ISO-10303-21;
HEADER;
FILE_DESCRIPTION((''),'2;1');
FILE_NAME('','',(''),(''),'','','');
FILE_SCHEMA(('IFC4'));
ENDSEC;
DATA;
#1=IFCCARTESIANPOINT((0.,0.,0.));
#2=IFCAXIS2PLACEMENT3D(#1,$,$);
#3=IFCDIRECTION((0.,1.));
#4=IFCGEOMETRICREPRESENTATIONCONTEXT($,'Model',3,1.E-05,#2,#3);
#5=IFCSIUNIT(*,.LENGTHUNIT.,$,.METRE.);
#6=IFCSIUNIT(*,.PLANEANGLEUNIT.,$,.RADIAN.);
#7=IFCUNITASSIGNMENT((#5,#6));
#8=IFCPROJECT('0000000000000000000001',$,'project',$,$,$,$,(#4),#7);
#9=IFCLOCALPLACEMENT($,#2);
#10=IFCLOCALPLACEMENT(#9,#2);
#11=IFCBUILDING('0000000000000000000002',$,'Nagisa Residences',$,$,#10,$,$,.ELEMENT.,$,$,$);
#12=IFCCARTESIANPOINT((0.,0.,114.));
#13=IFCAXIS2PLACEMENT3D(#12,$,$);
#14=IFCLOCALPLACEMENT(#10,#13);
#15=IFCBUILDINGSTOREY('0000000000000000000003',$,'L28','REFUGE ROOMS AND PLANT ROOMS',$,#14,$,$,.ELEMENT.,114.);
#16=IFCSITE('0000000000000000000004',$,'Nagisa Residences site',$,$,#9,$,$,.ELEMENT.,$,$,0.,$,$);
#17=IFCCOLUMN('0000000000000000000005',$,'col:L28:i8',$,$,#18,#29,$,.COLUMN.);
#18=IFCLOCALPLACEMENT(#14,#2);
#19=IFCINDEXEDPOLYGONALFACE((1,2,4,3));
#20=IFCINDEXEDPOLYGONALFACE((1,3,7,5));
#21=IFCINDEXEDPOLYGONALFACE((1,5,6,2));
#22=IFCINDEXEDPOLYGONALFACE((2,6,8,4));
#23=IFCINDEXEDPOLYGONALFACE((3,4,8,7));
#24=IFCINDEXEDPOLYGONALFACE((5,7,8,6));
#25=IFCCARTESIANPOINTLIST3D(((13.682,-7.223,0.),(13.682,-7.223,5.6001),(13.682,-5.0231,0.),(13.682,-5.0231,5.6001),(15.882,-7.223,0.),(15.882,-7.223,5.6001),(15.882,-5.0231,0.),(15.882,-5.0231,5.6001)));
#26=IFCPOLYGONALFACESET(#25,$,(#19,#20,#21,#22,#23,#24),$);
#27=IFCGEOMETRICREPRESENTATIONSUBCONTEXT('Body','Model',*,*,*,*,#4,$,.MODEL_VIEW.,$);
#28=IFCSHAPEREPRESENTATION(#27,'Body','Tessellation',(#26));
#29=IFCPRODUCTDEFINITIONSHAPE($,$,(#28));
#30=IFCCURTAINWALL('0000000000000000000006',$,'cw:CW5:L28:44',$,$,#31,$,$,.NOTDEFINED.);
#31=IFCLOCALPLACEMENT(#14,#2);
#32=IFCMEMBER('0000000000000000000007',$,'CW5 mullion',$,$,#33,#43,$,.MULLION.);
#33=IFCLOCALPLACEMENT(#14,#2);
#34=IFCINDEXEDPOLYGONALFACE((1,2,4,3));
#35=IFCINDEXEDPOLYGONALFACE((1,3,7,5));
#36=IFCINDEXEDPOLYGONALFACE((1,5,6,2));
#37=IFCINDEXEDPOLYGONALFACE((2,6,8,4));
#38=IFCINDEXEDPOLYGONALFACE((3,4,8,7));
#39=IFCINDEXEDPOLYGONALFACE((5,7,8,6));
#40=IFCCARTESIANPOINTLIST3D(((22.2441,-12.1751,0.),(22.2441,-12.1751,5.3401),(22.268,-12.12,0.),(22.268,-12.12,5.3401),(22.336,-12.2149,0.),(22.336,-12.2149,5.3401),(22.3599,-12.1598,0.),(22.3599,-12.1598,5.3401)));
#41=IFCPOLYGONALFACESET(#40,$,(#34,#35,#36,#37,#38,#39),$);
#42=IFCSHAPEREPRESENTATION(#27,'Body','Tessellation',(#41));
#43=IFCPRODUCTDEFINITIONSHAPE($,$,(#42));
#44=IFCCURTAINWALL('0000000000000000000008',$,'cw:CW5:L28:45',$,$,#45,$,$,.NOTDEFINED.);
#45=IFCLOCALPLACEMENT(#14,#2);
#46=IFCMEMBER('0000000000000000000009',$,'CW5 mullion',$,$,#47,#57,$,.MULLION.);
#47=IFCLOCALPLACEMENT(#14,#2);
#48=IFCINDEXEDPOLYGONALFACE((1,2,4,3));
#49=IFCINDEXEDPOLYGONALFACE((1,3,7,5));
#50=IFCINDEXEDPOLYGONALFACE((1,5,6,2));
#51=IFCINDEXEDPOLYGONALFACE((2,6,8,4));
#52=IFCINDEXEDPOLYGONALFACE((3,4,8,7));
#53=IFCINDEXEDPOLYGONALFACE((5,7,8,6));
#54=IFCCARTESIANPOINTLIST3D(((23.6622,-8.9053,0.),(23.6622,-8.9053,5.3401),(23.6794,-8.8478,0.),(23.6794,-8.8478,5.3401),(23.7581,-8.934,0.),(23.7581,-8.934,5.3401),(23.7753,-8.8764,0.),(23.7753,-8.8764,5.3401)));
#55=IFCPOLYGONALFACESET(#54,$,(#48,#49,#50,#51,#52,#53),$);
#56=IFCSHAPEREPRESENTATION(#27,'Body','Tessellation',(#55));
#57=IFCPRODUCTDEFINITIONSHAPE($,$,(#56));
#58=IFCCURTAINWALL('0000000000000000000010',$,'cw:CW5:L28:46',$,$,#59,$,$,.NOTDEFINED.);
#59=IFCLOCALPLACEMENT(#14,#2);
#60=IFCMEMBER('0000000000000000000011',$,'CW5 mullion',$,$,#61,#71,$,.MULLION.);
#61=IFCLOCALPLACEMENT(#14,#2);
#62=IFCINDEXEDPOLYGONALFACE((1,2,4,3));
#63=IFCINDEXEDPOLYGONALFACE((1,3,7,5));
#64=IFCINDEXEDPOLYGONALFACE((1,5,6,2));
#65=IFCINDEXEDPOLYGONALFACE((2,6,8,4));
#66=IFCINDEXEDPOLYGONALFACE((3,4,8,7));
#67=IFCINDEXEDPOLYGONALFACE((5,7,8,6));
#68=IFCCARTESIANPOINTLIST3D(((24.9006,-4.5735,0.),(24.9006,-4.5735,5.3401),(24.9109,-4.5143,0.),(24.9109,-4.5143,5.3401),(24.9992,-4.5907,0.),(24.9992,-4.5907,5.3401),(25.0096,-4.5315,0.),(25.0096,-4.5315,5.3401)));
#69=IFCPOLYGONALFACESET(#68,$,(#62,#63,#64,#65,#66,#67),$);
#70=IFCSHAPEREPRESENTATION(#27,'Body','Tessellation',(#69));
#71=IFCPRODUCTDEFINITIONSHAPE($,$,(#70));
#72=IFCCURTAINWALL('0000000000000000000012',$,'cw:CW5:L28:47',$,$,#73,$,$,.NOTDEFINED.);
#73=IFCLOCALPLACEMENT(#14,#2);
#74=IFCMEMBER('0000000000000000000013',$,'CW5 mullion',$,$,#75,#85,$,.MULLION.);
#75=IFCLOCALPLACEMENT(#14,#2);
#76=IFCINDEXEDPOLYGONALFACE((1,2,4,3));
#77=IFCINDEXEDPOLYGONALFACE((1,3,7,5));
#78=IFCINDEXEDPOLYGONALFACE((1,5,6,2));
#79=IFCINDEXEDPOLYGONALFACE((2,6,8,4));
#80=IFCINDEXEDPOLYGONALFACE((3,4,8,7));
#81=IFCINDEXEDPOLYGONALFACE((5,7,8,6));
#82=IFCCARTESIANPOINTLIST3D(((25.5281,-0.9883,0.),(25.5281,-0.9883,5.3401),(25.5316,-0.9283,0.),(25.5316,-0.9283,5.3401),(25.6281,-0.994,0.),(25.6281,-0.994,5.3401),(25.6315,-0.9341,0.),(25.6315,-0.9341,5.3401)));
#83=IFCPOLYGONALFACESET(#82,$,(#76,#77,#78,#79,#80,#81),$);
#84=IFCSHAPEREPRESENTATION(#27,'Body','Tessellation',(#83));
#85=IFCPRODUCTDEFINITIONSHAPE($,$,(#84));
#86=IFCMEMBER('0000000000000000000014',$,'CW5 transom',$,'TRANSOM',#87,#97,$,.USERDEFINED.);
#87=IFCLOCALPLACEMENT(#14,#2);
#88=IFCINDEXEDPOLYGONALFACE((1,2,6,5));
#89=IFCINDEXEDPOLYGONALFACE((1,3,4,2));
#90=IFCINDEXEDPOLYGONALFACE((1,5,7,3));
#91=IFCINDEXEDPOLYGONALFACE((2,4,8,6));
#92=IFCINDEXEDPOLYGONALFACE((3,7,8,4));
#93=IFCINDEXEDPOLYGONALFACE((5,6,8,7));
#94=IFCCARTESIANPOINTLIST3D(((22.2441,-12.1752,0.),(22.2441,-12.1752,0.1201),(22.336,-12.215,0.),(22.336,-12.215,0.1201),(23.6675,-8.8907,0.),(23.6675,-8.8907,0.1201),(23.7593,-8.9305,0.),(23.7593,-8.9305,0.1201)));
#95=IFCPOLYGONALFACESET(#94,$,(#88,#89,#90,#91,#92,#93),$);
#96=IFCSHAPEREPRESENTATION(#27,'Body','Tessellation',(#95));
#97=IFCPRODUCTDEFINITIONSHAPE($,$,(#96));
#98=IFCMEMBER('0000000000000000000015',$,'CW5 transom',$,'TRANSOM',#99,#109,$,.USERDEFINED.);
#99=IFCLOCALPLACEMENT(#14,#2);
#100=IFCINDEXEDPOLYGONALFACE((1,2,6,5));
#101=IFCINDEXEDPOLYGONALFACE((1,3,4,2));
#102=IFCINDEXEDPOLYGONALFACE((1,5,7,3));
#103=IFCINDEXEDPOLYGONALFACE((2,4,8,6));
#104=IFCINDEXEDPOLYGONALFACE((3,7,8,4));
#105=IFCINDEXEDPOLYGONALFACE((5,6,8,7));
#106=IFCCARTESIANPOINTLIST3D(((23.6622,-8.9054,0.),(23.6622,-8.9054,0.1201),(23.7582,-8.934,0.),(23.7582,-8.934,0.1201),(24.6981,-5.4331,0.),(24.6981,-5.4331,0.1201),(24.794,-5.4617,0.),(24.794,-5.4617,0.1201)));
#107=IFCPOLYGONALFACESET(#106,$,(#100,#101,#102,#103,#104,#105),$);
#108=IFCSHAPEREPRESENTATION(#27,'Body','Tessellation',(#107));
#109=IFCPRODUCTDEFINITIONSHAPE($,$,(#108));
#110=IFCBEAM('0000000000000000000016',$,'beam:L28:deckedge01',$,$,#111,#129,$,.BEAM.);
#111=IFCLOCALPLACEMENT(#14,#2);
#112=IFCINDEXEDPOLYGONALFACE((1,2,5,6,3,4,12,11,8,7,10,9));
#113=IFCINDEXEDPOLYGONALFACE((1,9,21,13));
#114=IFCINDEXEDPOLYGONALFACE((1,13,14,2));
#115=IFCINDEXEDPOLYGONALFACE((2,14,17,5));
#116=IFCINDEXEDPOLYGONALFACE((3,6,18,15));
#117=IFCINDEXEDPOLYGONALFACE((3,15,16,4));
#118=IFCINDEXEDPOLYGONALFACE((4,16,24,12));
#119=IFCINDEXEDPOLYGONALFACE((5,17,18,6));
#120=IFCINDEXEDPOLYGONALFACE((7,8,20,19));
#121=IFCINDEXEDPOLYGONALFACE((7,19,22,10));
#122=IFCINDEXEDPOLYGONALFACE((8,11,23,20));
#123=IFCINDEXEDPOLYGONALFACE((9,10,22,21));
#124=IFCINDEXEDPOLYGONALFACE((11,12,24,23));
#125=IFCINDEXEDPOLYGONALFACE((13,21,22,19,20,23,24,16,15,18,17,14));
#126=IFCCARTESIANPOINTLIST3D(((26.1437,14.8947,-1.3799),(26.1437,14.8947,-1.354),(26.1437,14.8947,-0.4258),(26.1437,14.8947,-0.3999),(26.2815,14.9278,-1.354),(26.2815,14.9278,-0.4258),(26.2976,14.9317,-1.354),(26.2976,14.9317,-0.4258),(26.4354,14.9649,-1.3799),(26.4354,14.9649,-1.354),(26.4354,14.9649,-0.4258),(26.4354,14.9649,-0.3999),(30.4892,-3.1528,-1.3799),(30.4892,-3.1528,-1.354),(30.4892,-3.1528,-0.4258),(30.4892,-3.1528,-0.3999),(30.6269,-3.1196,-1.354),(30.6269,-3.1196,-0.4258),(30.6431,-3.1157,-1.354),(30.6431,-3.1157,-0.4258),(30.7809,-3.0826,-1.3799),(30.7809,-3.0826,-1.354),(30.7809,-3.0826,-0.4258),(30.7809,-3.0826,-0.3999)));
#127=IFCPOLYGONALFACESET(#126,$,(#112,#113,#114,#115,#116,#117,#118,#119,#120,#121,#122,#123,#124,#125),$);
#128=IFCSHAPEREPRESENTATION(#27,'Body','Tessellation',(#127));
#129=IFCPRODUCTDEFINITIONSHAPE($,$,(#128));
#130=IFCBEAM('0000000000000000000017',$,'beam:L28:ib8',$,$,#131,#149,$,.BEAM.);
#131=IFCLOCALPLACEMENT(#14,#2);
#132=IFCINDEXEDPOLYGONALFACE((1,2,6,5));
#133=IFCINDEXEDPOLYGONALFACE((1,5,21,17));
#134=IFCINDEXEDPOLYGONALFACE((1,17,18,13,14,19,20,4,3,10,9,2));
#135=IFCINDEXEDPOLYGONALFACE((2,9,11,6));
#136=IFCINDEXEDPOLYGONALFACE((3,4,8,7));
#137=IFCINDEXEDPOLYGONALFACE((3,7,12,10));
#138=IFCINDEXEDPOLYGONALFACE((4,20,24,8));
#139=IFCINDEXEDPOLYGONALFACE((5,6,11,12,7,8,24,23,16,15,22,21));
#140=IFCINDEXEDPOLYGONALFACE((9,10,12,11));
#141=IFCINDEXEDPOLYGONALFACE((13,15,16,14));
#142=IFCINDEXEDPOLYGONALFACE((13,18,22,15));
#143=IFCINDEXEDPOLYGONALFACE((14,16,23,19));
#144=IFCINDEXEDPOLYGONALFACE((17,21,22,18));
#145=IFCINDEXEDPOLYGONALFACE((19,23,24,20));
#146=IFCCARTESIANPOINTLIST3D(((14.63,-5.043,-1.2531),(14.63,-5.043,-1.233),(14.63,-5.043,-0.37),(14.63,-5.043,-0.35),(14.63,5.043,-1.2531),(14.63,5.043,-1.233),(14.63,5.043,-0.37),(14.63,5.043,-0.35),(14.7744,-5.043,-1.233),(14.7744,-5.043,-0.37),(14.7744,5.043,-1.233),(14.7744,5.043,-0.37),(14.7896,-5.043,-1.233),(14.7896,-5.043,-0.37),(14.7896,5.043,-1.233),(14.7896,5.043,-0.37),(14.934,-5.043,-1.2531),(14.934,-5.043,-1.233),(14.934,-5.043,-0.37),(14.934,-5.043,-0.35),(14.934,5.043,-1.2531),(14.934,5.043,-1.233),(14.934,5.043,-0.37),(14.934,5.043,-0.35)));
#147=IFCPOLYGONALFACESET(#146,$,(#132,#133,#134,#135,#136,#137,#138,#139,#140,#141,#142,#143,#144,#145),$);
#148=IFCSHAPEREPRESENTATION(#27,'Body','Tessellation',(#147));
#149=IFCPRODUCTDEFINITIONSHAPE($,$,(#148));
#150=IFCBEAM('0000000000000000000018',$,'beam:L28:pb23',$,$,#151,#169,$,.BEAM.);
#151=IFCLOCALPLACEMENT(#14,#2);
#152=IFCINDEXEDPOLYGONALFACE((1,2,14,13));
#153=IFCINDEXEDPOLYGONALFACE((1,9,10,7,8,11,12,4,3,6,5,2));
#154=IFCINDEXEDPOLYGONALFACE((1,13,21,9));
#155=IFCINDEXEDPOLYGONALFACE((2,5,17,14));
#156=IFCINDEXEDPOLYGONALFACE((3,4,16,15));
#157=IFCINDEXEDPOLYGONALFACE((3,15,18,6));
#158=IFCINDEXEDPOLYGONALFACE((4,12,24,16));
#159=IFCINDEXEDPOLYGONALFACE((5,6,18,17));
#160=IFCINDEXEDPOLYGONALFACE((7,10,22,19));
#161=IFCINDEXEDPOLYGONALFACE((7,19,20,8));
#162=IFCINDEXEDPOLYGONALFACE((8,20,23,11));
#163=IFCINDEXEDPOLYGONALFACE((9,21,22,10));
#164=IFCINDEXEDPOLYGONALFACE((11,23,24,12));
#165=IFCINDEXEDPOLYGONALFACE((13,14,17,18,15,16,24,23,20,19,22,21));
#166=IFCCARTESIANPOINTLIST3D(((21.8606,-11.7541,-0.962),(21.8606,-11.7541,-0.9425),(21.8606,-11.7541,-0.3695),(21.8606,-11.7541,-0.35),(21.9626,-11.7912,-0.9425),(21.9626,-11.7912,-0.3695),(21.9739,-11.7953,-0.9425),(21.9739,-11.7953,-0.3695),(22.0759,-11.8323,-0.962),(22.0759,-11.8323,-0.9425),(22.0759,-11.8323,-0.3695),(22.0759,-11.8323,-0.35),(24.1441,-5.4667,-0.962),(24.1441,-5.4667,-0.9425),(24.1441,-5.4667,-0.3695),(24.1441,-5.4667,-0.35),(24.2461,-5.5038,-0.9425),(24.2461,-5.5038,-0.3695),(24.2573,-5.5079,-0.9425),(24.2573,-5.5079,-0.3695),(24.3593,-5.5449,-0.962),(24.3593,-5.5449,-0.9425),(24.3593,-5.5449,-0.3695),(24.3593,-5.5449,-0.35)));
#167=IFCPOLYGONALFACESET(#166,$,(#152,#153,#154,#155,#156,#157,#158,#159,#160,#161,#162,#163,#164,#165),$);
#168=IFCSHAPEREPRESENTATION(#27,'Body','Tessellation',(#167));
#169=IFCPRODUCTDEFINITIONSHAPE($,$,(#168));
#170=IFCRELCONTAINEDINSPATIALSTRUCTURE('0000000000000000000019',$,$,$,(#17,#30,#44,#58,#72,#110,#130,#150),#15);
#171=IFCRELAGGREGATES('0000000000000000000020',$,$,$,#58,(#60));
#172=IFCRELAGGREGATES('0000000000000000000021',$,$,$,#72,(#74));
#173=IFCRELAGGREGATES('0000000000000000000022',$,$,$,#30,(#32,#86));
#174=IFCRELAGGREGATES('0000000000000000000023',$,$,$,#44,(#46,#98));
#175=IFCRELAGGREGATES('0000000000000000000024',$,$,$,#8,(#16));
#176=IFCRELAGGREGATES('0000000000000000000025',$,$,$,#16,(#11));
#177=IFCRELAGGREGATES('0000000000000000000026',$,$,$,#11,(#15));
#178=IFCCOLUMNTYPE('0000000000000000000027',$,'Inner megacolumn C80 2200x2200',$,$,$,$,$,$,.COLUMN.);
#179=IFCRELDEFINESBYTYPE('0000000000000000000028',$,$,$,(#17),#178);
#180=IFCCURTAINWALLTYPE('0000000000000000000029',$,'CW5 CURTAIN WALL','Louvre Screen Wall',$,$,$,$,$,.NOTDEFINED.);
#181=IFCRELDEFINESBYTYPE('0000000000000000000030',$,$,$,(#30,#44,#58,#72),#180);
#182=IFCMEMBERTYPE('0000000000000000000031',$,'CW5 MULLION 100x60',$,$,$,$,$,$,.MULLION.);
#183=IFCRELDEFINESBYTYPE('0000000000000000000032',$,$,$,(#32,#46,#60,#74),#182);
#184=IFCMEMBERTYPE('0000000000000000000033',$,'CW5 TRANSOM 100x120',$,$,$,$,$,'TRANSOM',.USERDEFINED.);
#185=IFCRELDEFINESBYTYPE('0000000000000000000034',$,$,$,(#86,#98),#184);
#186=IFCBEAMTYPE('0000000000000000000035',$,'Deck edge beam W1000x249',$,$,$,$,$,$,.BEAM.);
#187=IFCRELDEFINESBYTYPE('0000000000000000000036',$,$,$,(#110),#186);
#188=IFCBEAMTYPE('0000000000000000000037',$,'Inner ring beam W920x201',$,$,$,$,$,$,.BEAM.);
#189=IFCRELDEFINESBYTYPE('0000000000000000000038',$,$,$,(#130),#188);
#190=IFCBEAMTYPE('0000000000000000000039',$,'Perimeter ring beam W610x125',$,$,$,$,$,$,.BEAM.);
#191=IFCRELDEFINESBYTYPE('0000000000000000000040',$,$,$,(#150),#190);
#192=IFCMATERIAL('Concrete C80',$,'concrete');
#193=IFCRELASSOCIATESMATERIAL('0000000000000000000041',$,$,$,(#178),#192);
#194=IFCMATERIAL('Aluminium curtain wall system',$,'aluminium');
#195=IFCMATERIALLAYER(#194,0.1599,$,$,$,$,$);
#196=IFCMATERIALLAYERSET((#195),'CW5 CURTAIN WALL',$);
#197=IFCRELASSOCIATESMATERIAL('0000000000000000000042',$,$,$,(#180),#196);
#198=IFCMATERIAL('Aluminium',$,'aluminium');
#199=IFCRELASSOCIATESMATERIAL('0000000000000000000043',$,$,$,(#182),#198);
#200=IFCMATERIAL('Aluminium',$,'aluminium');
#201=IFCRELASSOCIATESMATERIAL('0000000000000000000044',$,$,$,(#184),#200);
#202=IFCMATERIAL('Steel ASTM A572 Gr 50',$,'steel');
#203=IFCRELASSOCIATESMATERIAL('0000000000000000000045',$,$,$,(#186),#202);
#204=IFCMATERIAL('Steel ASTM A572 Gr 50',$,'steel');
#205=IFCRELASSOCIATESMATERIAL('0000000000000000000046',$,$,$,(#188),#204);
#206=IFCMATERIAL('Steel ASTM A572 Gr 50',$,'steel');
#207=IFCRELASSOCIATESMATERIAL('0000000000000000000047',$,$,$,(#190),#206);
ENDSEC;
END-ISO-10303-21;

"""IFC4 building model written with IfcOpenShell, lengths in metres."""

from ifc_helpers import new_model, si_unit, direction, frame, origin, origin_2d, place, context, subcontext, project, spatial, rectangle, i_section, extrude, material, layer, layer_set, material_profile, profile_set, type_object, element, aggregate, save


model = new_model("IFC4")

# Units and contexts
model_context = context("Model", 3, precision=1e-05, world=origin(), true_north=direction((0.0, 1.0)))
body_context = subcontext(model_context, "Body", "Model", "MODEL_VIEW")
ifc_project = project(units=[si_unit("LENGTHUNIT", "METRE"), si_unit("PLANEANGLEUNIT", "RADIAN")], contexts=[model_context])

# Site, building, storey
site_placement = place(None, origin())
site = spatial("IfcSite", under=ifc_project, at=site_placement, Name="Nagisa Residences site", CompositionType="ELEMENT", RefElevation=0.0)
building_placement = place(site_placement, origin())
building = spatial("IfcBuilding", under=site, at=building_placement, Name="Nagisa Residences", CompositionType="ELEMENT")
storey_placement = place(building_placement, frame((0.0, 0.0, 114.0)))
storey = spatial("IfcBuildingStorey", under=building, at=storey_placement, Name="L28", Description="REFUGE ROOMS AND PLANT ROOMS", CompositionType="ELEMENT", Elevation=114.0)

# Column
ifc_material_1 = material(Name="Concrete C80", Category="concrete")
ifc_material_profile_1 = material_profile(ifc_material_1, rectangle(XDim=2.2, YDim=2.2, at=origin_2d()), Name="C80 2200x2200")
ifc_profile_set_1 = profile_set([ifc_material_profile_1], Name="Concrete C80")
column_type = type_object("IfcColumnType", Name="Inner megacolumn C80 2200x2200", PredefinedType="COLUMN", material=ifc_profile_set_1)
column_placement = place(storey_placement, frame((14.782, -6.123, 0.0), z_axis=(0.0, 0.0, 1.0), x_axis=(1.0, 0.0, 0.0)))
element("IfcColumn", 1, at=column_placement, inside=storey, type_object=column_type, Name="col:L28:i8", PredefinedType="COLUMN", context=body_context, shape_type="SweptSolid", body=[
    extrude(rectangle(XDim=2.2, YDim=2.2, at=origin_2d()), origin(), (0.0, 0.0, 1.0), 5.6001),
])

# Curtain walls, members
ifc_material_2 = material(Name="Aluminium curtain wall system", Category="aluminium")
ifc_layer_1 = layer(ifc_material_2, 0.1599)
ifc_layer_set_1 = layer_set([ifc_layer_1], Name="CW5 CURTAIN WALL")
curtain_wall_type = type_object("IfcCurtainWallType", Name="CW5 CURTAIN WALL", Description="Louvre Screen Wall", PredefinedType="NOTDEFINED", material=ifc_layer_set_1)
curtain_wall_1_placement = place(storey_placement, origin())
curtain_wall_1 = element("IfcCurtainWall", 2, at=curtain_wall_1_placement, inside=storey, type_object=curtain_wall_type, Name="cw:CW5:L28:44", PredefinedType="NOTDEFINED")
ifc_material_3 = material(Name="Aluminium", Category="aluminium")
ifc_material_profile_2 = material_profile(ifc_material_3, rectangle(XDim=0.1001, YDim=0.0601, at=origin_2d()), Name="CW5 MULLION 100x60")
ifc_profile_set_2 = profile_set([ifc_material_profile_2], Name="Aluminium")
member_type_1 = type_object("IfcMemberType", Name="CW5 MULLION 100x60", PredefinedType="MULLION", material=ifc_profile_set_2)
member_1_placement = place(storey_placement, frame((22.302, -12.1675, 0.0), z_axis=(0.0, 0.0, 1.0), x_axis=(-0.917543, 0.397636, 0.0)))
member_1 = element("IfcMember", 3, at=member_1_placement, type_object=member_type_1, Name="CW5 mullion", PredefinedType="MULLION", context=body_context, shape_type="SweptSolid", body=[
    extrude(rectangle(XDim=0.1001, YDim=0.0601, at=origin_2d()), origin(), (0.0, 0.0, 1.0), 5.3401),
])
curtain_wall_2_placement = place(storey_placement, origin())
curtain_wall_2 = element("IfcCurtainWall", 4, at=curtain_wall_2_placement, inside=storey, type_object=curtain_wall_type, Name="cw:CW5:L28:45", PredefinedType="NOTDEFINED")
member_2_placement = place(storey_placement, frame((23.7188, -8.8909, 0.0), z_axis=(0.0, 0.0, 1.0), x_axis=(-0.958271, 0.28586, 0.0)))
member_2 = element("IfcMember", 5, at=member_2_placement, type_object=member_type_1, Name="CW5 mullion", PredefinedType="MULLION", context=body_context, shape_type="SweptSolid", body=[
    extrude(rectangle(XDim=0.1001, YDim=0.0601, at=origin_2d()), origin(), (0.0, 0.0, 1.0), 5.3401),
])
curtain_wall_3_placement = place(storey_placement, origin())
curtain_wall_3 = element("IfcCurtainWall", 6, at=curtain_wall_3_placement, inside=storey, type_object=curtain_wall_type, Name="cw:CW5:L28:46", PredefinedType="NOTDEFINED")
member_3_placement = place(storey_placement, frame((24.9551, -4.5525, 0.0), z_axis=(0.0, 0.0, 1.0), x_axis=(-0.985064, 0.172191, 0.0)))
member_3 = element("IfcMember", 7, at=member_3_placement, type_object=member_type_1, Name="CW5 mullion", PredefinedType="MULLION", context=body_context, shape_type="SweptSolid", body=[
    extrude(rectangle(XDim=0.1001, YDim=0.0601, at=origin_2d()), origin(), (0.0, 0.0, 1.0), 5.3401),
])
aggregate(curtain_wall_3, [member_3])
curtain_wall_4_placement = place(storey_placement, origin())
curtain_wall_4 = element("IfcCurtainWall", 8, at=curtain_wall_4_placement, inside=storey, type_object=curtain_wall_type, Name="cw:CW5:L28:47", PredefinedType="NOTDEFINED")
member_4_placement = place(storey_placement, frame((25.5798, -0.9612, 0.0), z_axis=(0.0, 0.0, 1.0), x_axis=(-0.998345, 0.057503, 0.0)))
member_4 = element("IfcMember", 9, at=member_4_placement, type_object=member_type_1, Name="CW5 mullion", PredefinedType="MULLION", context=body_context, shape_type="SweptSolid", body=[
    extrude(rectangle(XDim=0.1001, YDim=0.0601, at=origin_2d()), origin(), (0.0, 0.0, 1.0), 5.3401),
])
aggregate(curtain_wall_4, [member_4])

# Members
ifc_material_4 = material(Name="Aluminium", Category="aluminium")
ifc_material_profile_3 = material_profile(ifc_material_4, rectangle(XDim=0.1001, YDim=0.1201, at=origin_2d()), Name="CW5 TRANSOM 100x120")
ifc_profile_set_3 = profile_set([ifc_material_profile_3], Name="Aluminium")
member_type_2 = type_object("IfcMemberType", Name="CW5 TRANSOM 100x120", ElementType="TRANSOM", PredefinedType="USERDEFINED", material=ifc_profile_set_3)
member_5_placement = place(storey_placement, frame((22.29, -12.1951, 0.0601), z_axis=(0.397628, 0.917547, 0.0), x_axis=(-0.917547, 0.397628, 0.0)))
member_5 = element("IfcMember", 10, at=member_5_placement, type_object=member_type_2, Name="CW5 transom", ObjectType="TRANSOM", PredefinedType="USERDEFINED", context=body_context, shape_type="SweptSolid", body=[
    extrude(rectangle(XDim=0.1001, YDim=0.1201, at=origin_2d()), origin(), (0.0, 0.0, 1.0), 3.5796),
])
aggregate(curtain_wall_1, [member_1, member_5])
member_6_placement = place(storey_placement, frame((23.7102, -8.9197, 0.0601), z_axis=(0.28587, 0.958268, 0.0), x_axis=(-0.958268, 0.28587, 0.0)))
member_6 = element("IfcMember", 11, at=member_6_placement, type_object=member_type_2, Name="CW5 transom", ObjectType="TRANSOM", PredefinedType="USERDEFINED", context=body_context, shape_type="SweptSolid", body=[
    extrude(rectangle(XDim=0.1001, YDim=0.1201, at=origin_2d()), origin(), (0.0, 0.0, 1.0), 3.6235),
])
aggregate(curtain_wall_2, [member_2, member_6])

# Beams
ifc_material_5 = material(Name="Steel ASTM A572 Gr 50", Category="steel")
ifc_material_profile_4 = material_profile(ifc_material_5, i_section(OverallWidth=0.3, OverallDepth=0.98, WebThickness=0.0166, FlangeThickness=0.0259, at=origin_2d()), Name="W1000x249")
ifc_profile_set_4 = profile_set([ifc_material_profile_4], Name="Steel ASTM A572 Gr 50")
beam_type_1 = type_object("IfcBeamType", Name="Deck edge beam W1000x249", PredefinedType="BEAM", material=ifc_profile_set_4)
beam_1_placement = place(storey_placement, frame((30.635, -3.1177, -0.8899), z_axis=(-0.234091, 0.972215, 0.0), x_axis=(-0.972215, -0.234091, 0.0)))
element("IfcBeam", 12, at=beam_1_placement, inside=storey, type_object=beam_type_1, Name="beam:L28:deckedge01", PredefinedType="BEAM", context=body_context, shape_type="SweptSolid", body=[
    extrude(i_section(OverallWidth=0.3, OverallDepth=0.98, WebThickness=0.0166, FlangeThickness=0.0259, at=origin_2d()), origin(), (0.0, 0.0, 1.0), 18.5632),
])
ifc_material_6 = material(Name="Steel ASTM A572 Gr 50", Category="steel")
ifc_material_profile_5 = material_profile(ifc_material_6, i_section(OverallWidth=0.304, OverallDepth=0.9031, WebThickness=0.0151, FlangeThickness=0.02, at=origin_2d()), Name="W920x201")
ifc_profile_set_5 = profile_set([ifc_material_profile_5], Name="Steel ASTM A572 Gr 50")
beam_type_2 = type_object("IfcBeamType", Name="Inner ring beam W920x201", PredefinedType="BEAM", material=ifc_profile_set_5)
beam_2_placement = place(storey_placement, frame((14.782, -5.043, -0.8015), z_axis=(0.0, 1.0, 0.0), x_axis=(-1.0, 0.0, 0.0)))
element("IfcBeam", 13, at=beam_2_placement, inside=storey, type_object=beam_type_2, Name="beam:L28:ib8", PredefinedType="BEAM", context=body_context, shape_type="SweptSolid", body=[
    extrude(i_section(OverallWidth=0.304, OverallDepth=0.9031, WebThickness=0.0151, FlangeThickness=0.02, at=origin_2d()), origin(), (0.0, 0.0, 1.0), 10.0859),
])
ifc_material_7 = material(Name="Steel ASTM A572 Gr 50", Category="steel")
ifc_material_profile_6 = material_profile(ifc_material_7, i_section(OverallWidth=0.229, OverallDepth=0.6121, WebThickness=0.012, FlangeThickness=0.0195, at=origin_2d()), Name="W610x125")
ifc_profile_set_6 = profile_set([ifc_material_profile_6], Name="Steel ASTM A572 Gr 50")
beam_type_3 = type_object("IfcBeamType", Name="Perimeter ring beam W610x125", PredefinedType="BEAM", material=ifc_profile_set_6)
beam_3_placement = place(storey_placement, frame((21.9683, -11.7932, -0.656), z_axis=(0.341365, 0.939931, 0.0), x_axis=(-0.939931, 0.341365, 0.0)))
element("IfcBeam", 14, at=beam_3_placement, inside=storey, type_object=beam_type_3, Name="beam:L28:pb23", PredefinedType="BEAM", context=body_context, shape_type="SweptSolid", body=[
    extrude(i_section(OverallWidth=0.229, OverallDepth=0.6121, WebThickness=0.012, FlangeThickness=0.0195, at=origin_2d()), origin(), (0.0, 0.0, 1.0), 6.6892),
])

save(model, "model.ifc")
